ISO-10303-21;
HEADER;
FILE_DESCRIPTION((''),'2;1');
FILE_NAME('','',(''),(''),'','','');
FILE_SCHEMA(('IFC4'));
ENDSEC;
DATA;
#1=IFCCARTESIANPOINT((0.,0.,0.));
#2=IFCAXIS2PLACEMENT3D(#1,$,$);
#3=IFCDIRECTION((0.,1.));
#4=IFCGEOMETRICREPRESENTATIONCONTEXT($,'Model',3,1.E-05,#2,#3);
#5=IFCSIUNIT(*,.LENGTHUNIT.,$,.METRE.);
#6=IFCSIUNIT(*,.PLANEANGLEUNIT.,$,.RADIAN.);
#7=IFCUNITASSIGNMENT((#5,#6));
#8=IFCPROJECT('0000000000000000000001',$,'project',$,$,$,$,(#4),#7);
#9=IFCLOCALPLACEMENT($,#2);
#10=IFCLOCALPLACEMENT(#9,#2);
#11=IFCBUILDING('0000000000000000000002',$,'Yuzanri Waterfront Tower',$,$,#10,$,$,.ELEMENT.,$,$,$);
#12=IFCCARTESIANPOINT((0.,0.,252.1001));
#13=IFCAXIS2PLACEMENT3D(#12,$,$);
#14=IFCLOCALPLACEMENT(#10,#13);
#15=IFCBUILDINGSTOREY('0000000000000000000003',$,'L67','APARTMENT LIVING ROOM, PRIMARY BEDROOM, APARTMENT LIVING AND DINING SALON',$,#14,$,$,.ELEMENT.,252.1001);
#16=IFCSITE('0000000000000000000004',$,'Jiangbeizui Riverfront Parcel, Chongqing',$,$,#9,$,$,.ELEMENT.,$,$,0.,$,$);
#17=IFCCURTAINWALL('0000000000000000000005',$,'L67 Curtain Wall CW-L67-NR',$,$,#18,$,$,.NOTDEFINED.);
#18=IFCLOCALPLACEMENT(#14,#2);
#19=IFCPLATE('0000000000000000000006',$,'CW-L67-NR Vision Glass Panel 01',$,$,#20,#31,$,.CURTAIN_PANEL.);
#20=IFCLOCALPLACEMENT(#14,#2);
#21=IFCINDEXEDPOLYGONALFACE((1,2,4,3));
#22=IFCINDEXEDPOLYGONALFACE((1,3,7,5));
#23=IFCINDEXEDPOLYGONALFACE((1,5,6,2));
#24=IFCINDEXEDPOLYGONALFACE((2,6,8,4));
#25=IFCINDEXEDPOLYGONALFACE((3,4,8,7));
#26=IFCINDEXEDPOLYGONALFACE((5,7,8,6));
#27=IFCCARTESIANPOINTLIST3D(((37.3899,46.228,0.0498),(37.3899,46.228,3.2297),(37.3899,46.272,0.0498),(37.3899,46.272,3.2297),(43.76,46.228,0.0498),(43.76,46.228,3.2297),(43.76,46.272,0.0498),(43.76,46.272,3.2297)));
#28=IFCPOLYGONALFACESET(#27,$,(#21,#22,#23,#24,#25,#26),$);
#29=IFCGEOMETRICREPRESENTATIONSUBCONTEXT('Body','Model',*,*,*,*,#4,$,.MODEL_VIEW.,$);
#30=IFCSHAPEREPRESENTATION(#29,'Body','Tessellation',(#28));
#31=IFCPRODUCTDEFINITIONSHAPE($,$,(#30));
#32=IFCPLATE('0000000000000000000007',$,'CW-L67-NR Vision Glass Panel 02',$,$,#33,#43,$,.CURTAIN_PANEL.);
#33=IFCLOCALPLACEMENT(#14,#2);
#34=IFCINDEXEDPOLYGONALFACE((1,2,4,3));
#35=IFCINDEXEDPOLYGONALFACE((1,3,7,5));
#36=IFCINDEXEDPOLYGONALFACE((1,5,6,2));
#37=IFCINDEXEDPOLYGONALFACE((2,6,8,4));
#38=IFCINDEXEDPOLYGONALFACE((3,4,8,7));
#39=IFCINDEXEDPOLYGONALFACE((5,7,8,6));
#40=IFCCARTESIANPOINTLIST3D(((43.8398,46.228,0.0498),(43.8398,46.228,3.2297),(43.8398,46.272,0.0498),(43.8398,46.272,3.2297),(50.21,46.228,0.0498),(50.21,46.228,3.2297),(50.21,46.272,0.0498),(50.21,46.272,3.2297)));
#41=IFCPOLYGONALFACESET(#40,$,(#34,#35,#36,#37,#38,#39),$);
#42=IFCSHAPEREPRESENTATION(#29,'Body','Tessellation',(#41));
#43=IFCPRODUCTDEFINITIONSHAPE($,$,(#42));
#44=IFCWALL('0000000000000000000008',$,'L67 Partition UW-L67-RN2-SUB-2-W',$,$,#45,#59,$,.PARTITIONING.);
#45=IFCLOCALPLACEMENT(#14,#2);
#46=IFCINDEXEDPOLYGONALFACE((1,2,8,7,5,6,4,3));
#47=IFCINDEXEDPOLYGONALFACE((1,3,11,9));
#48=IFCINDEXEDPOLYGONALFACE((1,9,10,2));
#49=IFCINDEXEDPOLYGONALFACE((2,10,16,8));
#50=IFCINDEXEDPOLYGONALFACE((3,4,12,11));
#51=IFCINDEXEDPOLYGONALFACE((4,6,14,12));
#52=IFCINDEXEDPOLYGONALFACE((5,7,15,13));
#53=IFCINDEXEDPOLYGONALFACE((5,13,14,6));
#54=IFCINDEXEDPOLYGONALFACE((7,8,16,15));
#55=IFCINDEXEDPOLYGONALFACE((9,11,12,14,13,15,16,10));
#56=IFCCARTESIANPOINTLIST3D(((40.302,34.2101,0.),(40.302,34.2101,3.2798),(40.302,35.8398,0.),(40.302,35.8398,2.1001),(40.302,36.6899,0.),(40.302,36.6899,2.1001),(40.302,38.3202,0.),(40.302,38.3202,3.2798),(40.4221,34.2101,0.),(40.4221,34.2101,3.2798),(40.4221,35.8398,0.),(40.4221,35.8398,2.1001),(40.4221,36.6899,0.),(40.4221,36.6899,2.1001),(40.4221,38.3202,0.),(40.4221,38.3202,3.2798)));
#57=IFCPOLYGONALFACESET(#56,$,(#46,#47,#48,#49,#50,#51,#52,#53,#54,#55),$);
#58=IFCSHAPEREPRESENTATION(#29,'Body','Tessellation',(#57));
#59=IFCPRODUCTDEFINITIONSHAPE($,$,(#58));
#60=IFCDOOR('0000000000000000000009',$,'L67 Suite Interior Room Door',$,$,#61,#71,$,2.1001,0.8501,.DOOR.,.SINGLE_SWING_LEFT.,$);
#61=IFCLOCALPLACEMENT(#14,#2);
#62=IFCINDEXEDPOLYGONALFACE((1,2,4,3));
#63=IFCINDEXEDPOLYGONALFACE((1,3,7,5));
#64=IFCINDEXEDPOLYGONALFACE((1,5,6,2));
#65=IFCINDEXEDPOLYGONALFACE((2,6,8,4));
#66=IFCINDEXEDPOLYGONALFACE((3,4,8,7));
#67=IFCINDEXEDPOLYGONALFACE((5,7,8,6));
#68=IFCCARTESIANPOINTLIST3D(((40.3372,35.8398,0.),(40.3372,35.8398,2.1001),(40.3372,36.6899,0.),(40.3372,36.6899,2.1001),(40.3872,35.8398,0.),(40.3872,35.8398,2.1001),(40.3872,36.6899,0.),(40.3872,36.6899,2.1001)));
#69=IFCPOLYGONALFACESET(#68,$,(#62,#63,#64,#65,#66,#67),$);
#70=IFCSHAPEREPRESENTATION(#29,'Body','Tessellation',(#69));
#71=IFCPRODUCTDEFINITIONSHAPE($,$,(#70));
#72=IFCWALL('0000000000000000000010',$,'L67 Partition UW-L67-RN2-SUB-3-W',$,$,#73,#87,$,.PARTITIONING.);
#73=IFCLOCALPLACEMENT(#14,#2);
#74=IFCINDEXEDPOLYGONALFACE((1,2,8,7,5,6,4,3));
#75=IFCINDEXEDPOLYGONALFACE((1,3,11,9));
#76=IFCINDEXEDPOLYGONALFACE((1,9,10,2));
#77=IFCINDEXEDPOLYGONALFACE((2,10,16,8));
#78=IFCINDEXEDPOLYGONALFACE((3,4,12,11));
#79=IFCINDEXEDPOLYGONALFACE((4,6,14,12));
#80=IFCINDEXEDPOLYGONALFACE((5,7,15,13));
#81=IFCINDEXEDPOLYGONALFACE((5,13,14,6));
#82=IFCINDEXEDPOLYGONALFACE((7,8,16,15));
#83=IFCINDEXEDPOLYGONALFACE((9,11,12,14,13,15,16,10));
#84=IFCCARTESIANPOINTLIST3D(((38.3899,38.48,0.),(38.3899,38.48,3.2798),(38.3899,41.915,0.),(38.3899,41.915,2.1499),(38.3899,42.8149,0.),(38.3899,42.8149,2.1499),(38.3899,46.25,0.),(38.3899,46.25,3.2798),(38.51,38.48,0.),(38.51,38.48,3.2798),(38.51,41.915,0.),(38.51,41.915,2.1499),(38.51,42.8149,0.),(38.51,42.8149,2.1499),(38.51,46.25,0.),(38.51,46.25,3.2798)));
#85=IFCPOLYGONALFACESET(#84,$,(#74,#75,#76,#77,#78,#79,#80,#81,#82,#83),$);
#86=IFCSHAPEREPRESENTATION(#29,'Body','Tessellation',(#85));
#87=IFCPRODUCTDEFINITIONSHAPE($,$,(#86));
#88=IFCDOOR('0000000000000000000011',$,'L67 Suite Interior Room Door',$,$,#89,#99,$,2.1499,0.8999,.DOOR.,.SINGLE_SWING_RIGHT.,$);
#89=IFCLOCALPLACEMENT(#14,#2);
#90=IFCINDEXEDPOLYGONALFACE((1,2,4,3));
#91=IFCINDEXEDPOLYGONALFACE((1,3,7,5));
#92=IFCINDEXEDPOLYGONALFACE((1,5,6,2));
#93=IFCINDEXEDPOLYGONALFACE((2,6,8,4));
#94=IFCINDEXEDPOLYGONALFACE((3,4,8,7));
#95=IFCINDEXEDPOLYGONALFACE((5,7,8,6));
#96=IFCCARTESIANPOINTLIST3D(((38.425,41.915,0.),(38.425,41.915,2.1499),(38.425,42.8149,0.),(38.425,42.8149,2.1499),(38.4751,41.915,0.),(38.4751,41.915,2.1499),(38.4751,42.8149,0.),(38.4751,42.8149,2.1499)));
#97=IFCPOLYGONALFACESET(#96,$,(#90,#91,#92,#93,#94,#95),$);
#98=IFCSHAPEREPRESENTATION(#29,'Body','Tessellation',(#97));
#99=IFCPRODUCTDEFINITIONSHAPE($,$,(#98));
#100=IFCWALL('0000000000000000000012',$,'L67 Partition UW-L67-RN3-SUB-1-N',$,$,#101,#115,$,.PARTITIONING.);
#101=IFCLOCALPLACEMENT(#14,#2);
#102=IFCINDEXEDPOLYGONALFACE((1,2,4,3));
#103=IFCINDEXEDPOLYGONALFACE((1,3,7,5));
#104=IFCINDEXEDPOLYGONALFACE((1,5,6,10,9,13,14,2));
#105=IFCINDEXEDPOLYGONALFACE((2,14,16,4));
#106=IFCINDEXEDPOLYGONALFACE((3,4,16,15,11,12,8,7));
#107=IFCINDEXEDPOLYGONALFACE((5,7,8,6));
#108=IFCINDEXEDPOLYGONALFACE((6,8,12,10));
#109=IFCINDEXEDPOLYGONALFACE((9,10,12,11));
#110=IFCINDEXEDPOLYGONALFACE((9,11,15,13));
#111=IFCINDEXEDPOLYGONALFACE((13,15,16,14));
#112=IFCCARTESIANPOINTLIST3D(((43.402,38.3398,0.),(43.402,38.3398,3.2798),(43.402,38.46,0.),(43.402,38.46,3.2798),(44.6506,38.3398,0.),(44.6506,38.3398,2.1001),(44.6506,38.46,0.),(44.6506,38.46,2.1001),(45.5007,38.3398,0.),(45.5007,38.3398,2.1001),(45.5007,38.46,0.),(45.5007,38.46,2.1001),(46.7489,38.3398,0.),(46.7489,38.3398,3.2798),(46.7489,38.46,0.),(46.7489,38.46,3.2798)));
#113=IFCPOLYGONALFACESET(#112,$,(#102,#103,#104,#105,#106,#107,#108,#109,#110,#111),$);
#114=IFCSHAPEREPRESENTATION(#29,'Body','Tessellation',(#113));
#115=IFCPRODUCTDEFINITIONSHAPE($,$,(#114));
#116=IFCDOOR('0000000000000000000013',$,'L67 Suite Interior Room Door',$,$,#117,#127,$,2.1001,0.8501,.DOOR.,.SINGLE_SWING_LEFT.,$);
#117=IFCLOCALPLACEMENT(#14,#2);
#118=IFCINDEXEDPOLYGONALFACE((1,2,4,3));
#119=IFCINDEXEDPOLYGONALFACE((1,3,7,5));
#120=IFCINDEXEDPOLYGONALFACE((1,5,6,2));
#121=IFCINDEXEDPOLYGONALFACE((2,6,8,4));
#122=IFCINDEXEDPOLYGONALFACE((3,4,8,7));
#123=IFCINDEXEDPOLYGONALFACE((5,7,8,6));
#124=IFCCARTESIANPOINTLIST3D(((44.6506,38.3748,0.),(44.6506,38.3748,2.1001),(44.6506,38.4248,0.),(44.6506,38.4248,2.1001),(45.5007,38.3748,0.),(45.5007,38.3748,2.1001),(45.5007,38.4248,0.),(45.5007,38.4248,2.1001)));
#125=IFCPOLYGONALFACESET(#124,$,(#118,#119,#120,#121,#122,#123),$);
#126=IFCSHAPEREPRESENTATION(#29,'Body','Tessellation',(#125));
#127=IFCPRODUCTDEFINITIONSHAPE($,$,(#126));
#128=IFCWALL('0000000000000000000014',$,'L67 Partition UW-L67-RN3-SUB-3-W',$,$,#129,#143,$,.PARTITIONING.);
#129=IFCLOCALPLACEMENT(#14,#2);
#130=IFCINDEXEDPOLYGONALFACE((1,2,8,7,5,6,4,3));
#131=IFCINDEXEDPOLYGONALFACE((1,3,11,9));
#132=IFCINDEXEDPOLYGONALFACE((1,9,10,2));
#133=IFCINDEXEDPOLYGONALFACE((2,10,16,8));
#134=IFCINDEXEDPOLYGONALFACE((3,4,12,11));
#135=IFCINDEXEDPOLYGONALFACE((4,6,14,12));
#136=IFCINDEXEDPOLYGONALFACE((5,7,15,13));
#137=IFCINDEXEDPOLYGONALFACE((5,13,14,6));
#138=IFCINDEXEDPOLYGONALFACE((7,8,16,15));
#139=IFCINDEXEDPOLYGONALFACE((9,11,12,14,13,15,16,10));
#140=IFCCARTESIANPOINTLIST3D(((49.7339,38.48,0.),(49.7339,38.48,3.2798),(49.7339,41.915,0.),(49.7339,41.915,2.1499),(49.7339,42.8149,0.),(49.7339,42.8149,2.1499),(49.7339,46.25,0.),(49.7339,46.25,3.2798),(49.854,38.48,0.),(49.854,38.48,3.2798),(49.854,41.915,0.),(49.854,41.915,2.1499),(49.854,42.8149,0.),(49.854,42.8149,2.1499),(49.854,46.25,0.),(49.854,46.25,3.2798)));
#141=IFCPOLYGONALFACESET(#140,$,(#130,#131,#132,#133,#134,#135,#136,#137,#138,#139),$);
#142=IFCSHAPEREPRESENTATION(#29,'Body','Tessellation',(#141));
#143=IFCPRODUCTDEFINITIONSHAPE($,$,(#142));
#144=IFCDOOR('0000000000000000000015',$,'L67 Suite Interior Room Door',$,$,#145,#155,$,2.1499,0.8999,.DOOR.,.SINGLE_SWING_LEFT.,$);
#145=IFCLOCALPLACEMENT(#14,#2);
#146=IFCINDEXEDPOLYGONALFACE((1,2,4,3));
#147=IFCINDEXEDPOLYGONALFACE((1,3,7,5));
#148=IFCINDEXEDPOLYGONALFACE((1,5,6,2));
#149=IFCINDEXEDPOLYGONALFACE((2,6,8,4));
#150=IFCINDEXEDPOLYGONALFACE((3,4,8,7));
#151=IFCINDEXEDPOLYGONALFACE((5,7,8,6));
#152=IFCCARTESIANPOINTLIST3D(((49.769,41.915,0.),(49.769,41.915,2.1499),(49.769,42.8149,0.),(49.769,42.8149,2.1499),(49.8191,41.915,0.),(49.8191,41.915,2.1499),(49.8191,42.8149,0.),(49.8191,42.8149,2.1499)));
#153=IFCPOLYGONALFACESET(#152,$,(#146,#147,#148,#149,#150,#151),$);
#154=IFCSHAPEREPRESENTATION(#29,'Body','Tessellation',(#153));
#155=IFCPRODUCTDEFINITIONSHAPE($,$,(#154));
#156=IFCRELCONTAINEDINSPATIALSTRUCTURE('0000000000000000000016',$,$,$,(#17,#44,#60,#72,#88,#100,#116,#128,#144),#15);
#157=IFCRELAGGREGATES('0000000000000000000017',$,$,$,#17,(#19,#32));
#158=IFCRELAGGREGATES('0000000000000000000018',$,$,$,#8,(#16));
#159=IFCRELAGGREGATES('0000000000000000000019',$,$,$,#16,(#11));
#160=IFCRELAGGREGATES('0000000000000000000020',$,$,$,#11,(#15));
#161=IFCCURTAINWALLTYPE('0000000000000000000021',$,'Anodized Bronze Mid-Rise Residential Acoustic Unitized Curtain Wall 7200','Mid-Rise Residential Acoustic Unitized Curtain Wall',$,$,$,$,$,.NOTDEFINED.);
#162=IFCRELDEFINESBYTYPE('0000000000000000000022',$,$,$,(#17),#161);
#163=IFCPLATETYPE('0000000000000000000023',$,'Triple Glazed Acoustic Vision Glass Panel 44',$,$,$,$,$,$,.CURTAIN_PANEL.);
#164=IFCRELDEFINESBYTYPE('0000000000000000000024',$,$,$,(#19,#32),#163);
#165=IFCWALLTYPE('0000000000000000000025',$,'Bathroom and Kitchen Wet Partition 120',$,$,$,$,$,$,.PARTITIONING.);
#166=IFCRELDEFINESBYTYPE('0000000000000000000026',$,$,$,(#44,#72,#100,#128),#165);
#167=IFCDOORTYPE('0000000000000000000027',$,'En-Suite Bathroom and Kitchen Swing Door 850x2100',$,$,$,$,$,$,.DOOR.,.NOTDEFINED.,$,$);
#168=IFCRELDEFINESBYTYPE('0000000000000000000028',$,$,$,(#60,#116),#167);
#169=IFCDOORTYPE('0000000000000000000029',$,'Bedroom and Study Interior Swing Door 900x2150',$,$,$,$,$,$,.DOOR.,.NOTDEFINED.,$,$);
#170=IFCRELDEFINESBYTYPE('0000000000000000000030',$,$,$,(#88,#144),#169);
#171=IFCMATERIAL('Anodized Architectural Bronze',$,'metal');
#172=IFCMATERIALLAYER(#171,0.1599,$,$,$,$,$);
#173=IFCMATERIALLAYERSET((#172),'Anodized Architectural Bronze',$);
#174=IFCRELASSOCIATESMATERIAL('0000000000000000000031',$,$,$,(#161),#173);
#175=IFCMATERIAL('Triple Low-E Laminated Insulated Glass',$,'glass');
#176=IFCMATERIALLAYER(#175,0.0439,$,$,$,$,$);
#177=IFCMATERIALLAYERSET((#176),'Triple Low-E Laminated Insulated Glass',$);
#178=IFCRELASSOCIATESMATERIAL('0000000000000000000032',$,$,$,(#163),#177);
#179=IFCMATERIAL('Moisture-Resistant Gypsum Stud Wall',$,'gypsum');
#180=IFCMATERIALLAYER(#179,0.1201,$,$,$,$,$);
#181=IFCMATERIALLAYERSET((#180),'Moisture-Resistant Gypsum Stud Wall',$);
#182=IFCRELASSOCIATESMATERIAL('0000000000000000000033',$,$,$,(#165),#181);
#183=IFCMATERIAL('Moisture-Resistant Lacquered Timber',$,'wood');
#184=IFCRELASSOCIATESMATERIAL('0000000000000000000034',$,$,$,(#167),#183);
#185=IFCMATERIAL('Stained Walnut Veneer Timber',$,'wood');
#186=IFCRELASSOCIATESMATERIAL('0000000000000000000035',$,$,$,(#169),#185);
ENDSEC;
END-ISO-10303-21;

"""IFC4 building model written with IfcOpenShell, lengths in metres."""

from ifc_helpers import new_model, si_unit, direction, frame, frame_2d, origin, origin_2d, place, context, subcontext, project, spatial, rectangle, extrude, source, transform, mapped, material, layer, layer_set, type_object, element, fill, aggregate, save


model = new_model("IFC4")

# Units and contexts
model_context = context("Model", 3, precision=1e-05, world=origin(), true_north=direction((0.0, 1.0)))
body_context = subcontext(model_context, "Body", "Model", "MODEL_VIEW")
ifc_project = project(units=[si_unit("LENGTHUNIT", "METRE"), si_unit("PLANEANGLEUNIT", "RADIAN")], contexts=[model_context])

# Site, building, storey
site_placement = place(None, origin())
site = spatial("IfcSite", under=ifc_project, at=site_placement, Name="Jiangbeizui Riverfront Parcel, Chongqing", CompositionType="ELEMENT", RefElevation=0.0)
building_placement = place(site_placement, origin())
building = spatial("IfcBuilding", under=site, at=building_placement, Name="Yuzanri Waterfront Tower", CompositionType="ELEMENT")
storey_placement = place(building_placement, frame((0.0, 0.0, 252.1001)))
storey = spatial("IfcBuildingStorey", under=building, at=storey_placement, Name="L67", Description="APARTMENT LIVING ROOM, PRIMARY BEDROOM, APARTMENT LIVING AND DINING SALON", CompositionType="ELEMENT", Elevation=252.1001)

# Curtain wall, plates
ifc_material_1 = material(Name="Anodized Architectural Bronze", Category="metal")
ifc_layer_1 = layer(ifc_material_1, 0.1599)
ifc_layer_set_1 = layer_set([ifc_layer_1], Name="Anodized Architectural Bronze")
curtain_wall_type = type_object("IfcCurtainWallType", Name="Anodized Bronze Mid-Rise Residential Acoustic Unitized Curtain Wall 7200", Description="Mid-Rise Residential Acoustic Unitized Curtain Wall", PredefinedType="NOTDEFINED", material=ifc_layer_set_1)
curtain_wall_placement = place(storey_placement, origin())
curtain_wall = element("IfcCurtainWall", 1, at=curtain_wall_placement, inside=storey, type_object=curtain_wall_type, Name="L67 Curtain Wall CW-L67-NR", PredefinedType="NOTDEFINED")
ifc_material_2 = material(Name="Triple Low-E Laminated Insulated Glass", Category="glass")
ifc_layer_2 = layer(ifc_material_2, 0.0439)
ifc_layer_set_2 = layer_set([ifc_layer_2], Name="Triple Low-E Laminated Insulated Glass")
plate_type = type_object("IfcPlateType", Name="Triple Glazed Acoustic Vision Glass Panel 44", PredefinedType="CURTAIN_PANEL", material=ifc_layer_set_2)
shared_shape_1 = source(origin(), body_context, "Body", "SweptSolid", [
    extrude(rectangle(XDim=6.3701, YDim=0.0439, at=origin_2d()), origin(), (0.0, 0.0, 1.0), 3.1799),
])
plate_1_placement = place(storey_placement, frame((40.575, 46.25, 0.0498), z_axis=(0.0, 0.0, 1.0), x_axis=(1.0, 0.0, 0.0)))
plate_1 = element("IfcPlate", 2, at=plate_1_placement, type_object=plate_type, Name="CW-L67-NR Vision Glass Panel 01", PredefinedType="CURTAIN_PANEL", context=body_context, shape_type="MappedRepresentation", body=[
    mapped(shared_shape_1, transform((0.0, 0.0, 0.0), scale=1.0)),
])
plate_2_placement = place(storey_placement, frame((47.0249, 46.25, 0.0498), z_axis=(0.0, 0.0, 1.0), x_axis=(1.0, 0.0, 0.0)))
plate_2 = element("IfcPlate", 3, at=plate_2_placement, type_object=plate_type, Name="CW-L67-NR Vision Glass Panel 02", PredefinedType="CURTAIN_PANEL", context=body_context, shape_type="MappedRepresentation", body=[
    mapped(shared_shape_1, transform((0.0, 0.0, 0.0), scale=1.0)),
])
aggregate(curtain_wall, [plate_1, plate_2])

# Walls, openings, doors
ifc_material_3 = material(Name="Moisture-Resistant Gypsum Stud Wall", Category="gypsum")
ifc_layer_3 = layer(ifc_material_3, 0.1201)
ifc_layer_set_3 = layer_set([ifc_layer_3], Name="Moisture-Resistant Gypsum Stud Wall")
wall_type_1 = type_object("IfcWallType", Name="Bathroom and Kitchen Wet Partition 120", PredefinedType="PARTITIONING", material=ifc_layer_set_3)
wall_1_placement = place(storey_placement, frame((40.3621, 34.21, 0.0), z_axis=(0.0, 0.0, 1.0), x_axis=(0.0, 1.0, 0.0)))
wall_1 = element("IfcWall", 4, at=wall_1_placement, inside=storey, type_object=wall_type_1, Name="L67 Partition UW-L67-RN2-SUB-2-W", PredefinedType="PARTITIONING", context=body_context, shape_type="SweptSolid", body=[
    extrude(rectangle(XDim=4.1101, YDim=0.1201, at=frame_2d((2.0552, 0.0))), origin(), (0.0, 0.0, 1.0), 3.2798),
])
opening_1_placement = place(wall_1_placement, frame((1.6299, 0.0, 0.0)))
opening_1 = element("IfcOpeningElement", 5, at=opening_1_placement, cuts=wall_1, PredefinedType="OPENING", context=body_context, shape_type="SweptSolid", body=[
    extrude(rectangle(XDim=0.8501, YDim=2.1001, at=frame_2d((0.425, 1.05))), frame((0.0, 0.075, 0.0), z_axis=(0.0, -1.0, 0.0), x_axis=(1.0, 0.0, 0.0)), (0.0, 0.0, 1.0), 0.1499),
])
ifc_material_4 = material(Name="Moisture-Resistant Lacquered Timber", Category="wood")
door_type_1 = type_object("IfcDoorType", Name="En-Suite Bathroom and Kitchen Swing Door 850x2100", OperationType="NOTDEFINED", PredefinedType="DOOR", material=ifc_material_4)
shared_shape_2 = source(origin(), body_context, "Body", "SweptSolid", [
    extrude(rectangle(XDim=0.8501, YDim=2.1001, at=frame_2d((0.425, 1.05))), frame((0.0, 0.0249, 0.0), z_axis=(0.0, -1.0, 0.0), x_axis=(1.0, 0.0, 0.0)), (0.0, 0.0, 1.0), 0.05),
])
door_1_placement = place(opening_1_placement, origin())
door_1 = element("IfcDoor", 6, at=door_1_placement, inside=storey, type_object=door_type_1, Name="L67 Suite Interior Room Door", OperationType="SINGLE_SWING_LEFT", OverallHeight=2.1001, OverallWidth=0.8501, PredefinedType="DOOR", context=body_context, shape_type="MappedRepresentation", body=[
    mapped(shared_shape_2, transform((0.0, 0.0, 0.0), scale=1.0)),
])
fill(opening_1, door_1)
wall_2_placement = place(storey_placement, frame((38.45, 38.48, 0.0), z_axis=(0.0, 0.0, 1.0), x_axis=(0.0, 1.0, 0.0)))
wall_2 = element("IfcWall", 7, at=wall_2_placement, inside=storey, type_object=wall_type_1, Name="L67 Partition UW-L67-RN2-SUB-3-W", PredefinedType="PARTITIONING", context=body_context, shape_type="SweptSolid", body=[
    extrude(rectangle(XDim=7.77, YDim=0.1201, at=frame_2d((3.885, 0.0))), origin(), (0.0, 0.0, 1.0), 3.2798),
])
opening_2_placement = place(wall_2_placement, frame((3.4351, 0.0, 0.0)))
opening_2 = element("IfcOpeningElement", 8, at=opening_2_placement, cuts=wall_2, PredefinedType="OPENING", context=body_context, shape_type="SweptSolid", body=[
    extrude(rectangle(XDim=0.8999, YDim=2.1499, at=frame_2d((0.45, 1.075))), frame((0.0, 0.075, 0.0), z_axis=(0.0, -1.0, 0.0), x_axis=(1.0, 0.0, 0.0)), (0.0, 0.0, 1.0), 0.1499),
])
ifc_material_5 = material(Name="Stained Walnut Veneer Timber", Category="wood")
door_type_2 = type_object("IfcDoorType", Name="Bedroom and Study Interior Swing Door 900x2150", OperationType="NOTDEFINED", PredefinedType="DOOR", material=ifc_material_5)
shared_shape_3 = source(origin(), body_context, "Body", "SweptSolid", [
    extrude(rectangle(XDim=0.8999, YDim=2.1499, at=frame_2d((0.45, 1.075))), frame((0.0, 0.0249, 0.0), z_axis=(0.0, -1.0, 0.0), x_axis=(1.0, 0.0, 0.0)), (0.0, 0.0, 1.0), 0.05),
])
door_2_placement = place(opening_2_placement, origin())
door_2 = element("IfcDoor", 9, at=door_2_placement, inside=storey, type_object=door_type_2, Name="L67 Suite Interior Room Door", OperationType="SINGLE_SWING_RIGHT", OverallHeight=2.1499, OverallWidth=0.8999, PredefinedType="DOOR", context=body_context, shape_type="MappedRepresentation", body=[
    mapped(shared_shape_3, transform((0.0, 0.0, 0.0), scale=1.0)),
])
fill(opening_2, door_2)
wall_3_placement = place(storey_placement, frame((43.4021, 38.3999, 0.0), z_axis=(0.0, 0.0, 1.0), x_axis=(1.0, 0.0, 0.0)))
wall_3 = element("IfcWall", 10, at=wall_3_placement, inside=storey, type_object=wall_type_1, Name="L67 Partition UW-L67-RN3-SUB-1-N", PredefinedType="PARTITIONING", context=body_context, shape_type="SweptSolid", body=[
    extrude(rectangle(XDim=3.3469, YDim=0.1201, at=frame_2d((1.6733, 0.0))), origin(), (0.0, 0.0, 1.0), 3.2798),
])
opening_3_placement = place(wall_3_placement, frame((1.2485, 0.0, 0.0)))
opening_3 = element("IfcOpeningElement", 11, at=opening_3_placement, cuts=wall_3, PredefinedType="OPENING", context=body_context, shape_type="SweptSolid", body=[
    extrude(rectangle(XDim=0.8501, YDim=2.1001, at=frame_2d((0.425, 1.05))), frame((0.0, 0.075, 0.0), z_axis=(0.0, -1.0, 0.0), x_axis=(1.0, 0.0, 0.0)), (0.0, 0.0, 1.0), 0.1499),
])
door_3_placement = place(opening_3_placement, origin())
door_3 = element("IfcDoor", 12, at=door_3_placement, inside=storey, type_object=door_type_1, Name="L67 Suite Interior Room Door", OperationType="SINGLE_SWING_LEFT", OverallHeight=2.1001, OverallWidth=0.8501, PredefinedType="DOOR", context=body_context, shape_type="MappedRepresentation", body=[
    mapped(shared_shape_2, transform((0.0, 0.0, 0.0), scale=1.0)),
])
fill(opening_3, door_3)
wall_4_placement = place(storey_placement, frame((49.7939, 38.48, 0.0), z_axis=(0.0, 0.0, 1.0), x_axis=(0.0, 1.0, 0.0)))
wall_4 = element("IfcWall", 13, at=wall_4_placement, inside=storey, type_object=wall_type_1, Name="L67 Partition UW-L67-RN3-SUB-3-W", PredefinedType="PARTITIONING", context=body_context, shape_type="SweptSolid", body=[
    extrude(rectangle(XDim=7.77, YDim=0.1201, at=frame_2d((3.885, 0.0))), origin(), (0.0, 0.0, 1.0), 3.2798),
])
opening_4_placement = place(wall_4_placement, frame((3.4351, 0.0, 0.0)))
opening_4 = element("IfcOpeningElement", 14, at=opening_4_placement, cuts=wall_4, PredefinedType="OPENING", context=body_context, shape_type="SweptSolid", body=[
    extrude(rectangle(XDim=0.8999, YDim=2.1499, at=frame_2d((0.45, 1.075))), frame((0.0, 0.075, 0.0), z_axis=(0.0, -1.0, 0.0), x_axis=(1.0, 0.0, 0.0)), (0.0, 0.0, 1.0), 0.1499),
])
door_4_placement = place(opening_4_placement, origin())
door_4 = element("IfcDoor", 15, at=door_4_placement, inside=storey, type_object=door_type_2, Name="L67 Suite Interior Room Door", OperationType="SINGLE_SWING_LEFT", OverallHeight=2.1499, OverallWidth=0.8999, PredefinedType="DOOR", context=body_context, shape_type="MappedRepresentation", body=[
    mapped(shared_shape_3, transform((0.0, 0.0, 0.0), scale=1.0)),
])
fill(opening_4, door_4)

save(model, "model.ifc")
